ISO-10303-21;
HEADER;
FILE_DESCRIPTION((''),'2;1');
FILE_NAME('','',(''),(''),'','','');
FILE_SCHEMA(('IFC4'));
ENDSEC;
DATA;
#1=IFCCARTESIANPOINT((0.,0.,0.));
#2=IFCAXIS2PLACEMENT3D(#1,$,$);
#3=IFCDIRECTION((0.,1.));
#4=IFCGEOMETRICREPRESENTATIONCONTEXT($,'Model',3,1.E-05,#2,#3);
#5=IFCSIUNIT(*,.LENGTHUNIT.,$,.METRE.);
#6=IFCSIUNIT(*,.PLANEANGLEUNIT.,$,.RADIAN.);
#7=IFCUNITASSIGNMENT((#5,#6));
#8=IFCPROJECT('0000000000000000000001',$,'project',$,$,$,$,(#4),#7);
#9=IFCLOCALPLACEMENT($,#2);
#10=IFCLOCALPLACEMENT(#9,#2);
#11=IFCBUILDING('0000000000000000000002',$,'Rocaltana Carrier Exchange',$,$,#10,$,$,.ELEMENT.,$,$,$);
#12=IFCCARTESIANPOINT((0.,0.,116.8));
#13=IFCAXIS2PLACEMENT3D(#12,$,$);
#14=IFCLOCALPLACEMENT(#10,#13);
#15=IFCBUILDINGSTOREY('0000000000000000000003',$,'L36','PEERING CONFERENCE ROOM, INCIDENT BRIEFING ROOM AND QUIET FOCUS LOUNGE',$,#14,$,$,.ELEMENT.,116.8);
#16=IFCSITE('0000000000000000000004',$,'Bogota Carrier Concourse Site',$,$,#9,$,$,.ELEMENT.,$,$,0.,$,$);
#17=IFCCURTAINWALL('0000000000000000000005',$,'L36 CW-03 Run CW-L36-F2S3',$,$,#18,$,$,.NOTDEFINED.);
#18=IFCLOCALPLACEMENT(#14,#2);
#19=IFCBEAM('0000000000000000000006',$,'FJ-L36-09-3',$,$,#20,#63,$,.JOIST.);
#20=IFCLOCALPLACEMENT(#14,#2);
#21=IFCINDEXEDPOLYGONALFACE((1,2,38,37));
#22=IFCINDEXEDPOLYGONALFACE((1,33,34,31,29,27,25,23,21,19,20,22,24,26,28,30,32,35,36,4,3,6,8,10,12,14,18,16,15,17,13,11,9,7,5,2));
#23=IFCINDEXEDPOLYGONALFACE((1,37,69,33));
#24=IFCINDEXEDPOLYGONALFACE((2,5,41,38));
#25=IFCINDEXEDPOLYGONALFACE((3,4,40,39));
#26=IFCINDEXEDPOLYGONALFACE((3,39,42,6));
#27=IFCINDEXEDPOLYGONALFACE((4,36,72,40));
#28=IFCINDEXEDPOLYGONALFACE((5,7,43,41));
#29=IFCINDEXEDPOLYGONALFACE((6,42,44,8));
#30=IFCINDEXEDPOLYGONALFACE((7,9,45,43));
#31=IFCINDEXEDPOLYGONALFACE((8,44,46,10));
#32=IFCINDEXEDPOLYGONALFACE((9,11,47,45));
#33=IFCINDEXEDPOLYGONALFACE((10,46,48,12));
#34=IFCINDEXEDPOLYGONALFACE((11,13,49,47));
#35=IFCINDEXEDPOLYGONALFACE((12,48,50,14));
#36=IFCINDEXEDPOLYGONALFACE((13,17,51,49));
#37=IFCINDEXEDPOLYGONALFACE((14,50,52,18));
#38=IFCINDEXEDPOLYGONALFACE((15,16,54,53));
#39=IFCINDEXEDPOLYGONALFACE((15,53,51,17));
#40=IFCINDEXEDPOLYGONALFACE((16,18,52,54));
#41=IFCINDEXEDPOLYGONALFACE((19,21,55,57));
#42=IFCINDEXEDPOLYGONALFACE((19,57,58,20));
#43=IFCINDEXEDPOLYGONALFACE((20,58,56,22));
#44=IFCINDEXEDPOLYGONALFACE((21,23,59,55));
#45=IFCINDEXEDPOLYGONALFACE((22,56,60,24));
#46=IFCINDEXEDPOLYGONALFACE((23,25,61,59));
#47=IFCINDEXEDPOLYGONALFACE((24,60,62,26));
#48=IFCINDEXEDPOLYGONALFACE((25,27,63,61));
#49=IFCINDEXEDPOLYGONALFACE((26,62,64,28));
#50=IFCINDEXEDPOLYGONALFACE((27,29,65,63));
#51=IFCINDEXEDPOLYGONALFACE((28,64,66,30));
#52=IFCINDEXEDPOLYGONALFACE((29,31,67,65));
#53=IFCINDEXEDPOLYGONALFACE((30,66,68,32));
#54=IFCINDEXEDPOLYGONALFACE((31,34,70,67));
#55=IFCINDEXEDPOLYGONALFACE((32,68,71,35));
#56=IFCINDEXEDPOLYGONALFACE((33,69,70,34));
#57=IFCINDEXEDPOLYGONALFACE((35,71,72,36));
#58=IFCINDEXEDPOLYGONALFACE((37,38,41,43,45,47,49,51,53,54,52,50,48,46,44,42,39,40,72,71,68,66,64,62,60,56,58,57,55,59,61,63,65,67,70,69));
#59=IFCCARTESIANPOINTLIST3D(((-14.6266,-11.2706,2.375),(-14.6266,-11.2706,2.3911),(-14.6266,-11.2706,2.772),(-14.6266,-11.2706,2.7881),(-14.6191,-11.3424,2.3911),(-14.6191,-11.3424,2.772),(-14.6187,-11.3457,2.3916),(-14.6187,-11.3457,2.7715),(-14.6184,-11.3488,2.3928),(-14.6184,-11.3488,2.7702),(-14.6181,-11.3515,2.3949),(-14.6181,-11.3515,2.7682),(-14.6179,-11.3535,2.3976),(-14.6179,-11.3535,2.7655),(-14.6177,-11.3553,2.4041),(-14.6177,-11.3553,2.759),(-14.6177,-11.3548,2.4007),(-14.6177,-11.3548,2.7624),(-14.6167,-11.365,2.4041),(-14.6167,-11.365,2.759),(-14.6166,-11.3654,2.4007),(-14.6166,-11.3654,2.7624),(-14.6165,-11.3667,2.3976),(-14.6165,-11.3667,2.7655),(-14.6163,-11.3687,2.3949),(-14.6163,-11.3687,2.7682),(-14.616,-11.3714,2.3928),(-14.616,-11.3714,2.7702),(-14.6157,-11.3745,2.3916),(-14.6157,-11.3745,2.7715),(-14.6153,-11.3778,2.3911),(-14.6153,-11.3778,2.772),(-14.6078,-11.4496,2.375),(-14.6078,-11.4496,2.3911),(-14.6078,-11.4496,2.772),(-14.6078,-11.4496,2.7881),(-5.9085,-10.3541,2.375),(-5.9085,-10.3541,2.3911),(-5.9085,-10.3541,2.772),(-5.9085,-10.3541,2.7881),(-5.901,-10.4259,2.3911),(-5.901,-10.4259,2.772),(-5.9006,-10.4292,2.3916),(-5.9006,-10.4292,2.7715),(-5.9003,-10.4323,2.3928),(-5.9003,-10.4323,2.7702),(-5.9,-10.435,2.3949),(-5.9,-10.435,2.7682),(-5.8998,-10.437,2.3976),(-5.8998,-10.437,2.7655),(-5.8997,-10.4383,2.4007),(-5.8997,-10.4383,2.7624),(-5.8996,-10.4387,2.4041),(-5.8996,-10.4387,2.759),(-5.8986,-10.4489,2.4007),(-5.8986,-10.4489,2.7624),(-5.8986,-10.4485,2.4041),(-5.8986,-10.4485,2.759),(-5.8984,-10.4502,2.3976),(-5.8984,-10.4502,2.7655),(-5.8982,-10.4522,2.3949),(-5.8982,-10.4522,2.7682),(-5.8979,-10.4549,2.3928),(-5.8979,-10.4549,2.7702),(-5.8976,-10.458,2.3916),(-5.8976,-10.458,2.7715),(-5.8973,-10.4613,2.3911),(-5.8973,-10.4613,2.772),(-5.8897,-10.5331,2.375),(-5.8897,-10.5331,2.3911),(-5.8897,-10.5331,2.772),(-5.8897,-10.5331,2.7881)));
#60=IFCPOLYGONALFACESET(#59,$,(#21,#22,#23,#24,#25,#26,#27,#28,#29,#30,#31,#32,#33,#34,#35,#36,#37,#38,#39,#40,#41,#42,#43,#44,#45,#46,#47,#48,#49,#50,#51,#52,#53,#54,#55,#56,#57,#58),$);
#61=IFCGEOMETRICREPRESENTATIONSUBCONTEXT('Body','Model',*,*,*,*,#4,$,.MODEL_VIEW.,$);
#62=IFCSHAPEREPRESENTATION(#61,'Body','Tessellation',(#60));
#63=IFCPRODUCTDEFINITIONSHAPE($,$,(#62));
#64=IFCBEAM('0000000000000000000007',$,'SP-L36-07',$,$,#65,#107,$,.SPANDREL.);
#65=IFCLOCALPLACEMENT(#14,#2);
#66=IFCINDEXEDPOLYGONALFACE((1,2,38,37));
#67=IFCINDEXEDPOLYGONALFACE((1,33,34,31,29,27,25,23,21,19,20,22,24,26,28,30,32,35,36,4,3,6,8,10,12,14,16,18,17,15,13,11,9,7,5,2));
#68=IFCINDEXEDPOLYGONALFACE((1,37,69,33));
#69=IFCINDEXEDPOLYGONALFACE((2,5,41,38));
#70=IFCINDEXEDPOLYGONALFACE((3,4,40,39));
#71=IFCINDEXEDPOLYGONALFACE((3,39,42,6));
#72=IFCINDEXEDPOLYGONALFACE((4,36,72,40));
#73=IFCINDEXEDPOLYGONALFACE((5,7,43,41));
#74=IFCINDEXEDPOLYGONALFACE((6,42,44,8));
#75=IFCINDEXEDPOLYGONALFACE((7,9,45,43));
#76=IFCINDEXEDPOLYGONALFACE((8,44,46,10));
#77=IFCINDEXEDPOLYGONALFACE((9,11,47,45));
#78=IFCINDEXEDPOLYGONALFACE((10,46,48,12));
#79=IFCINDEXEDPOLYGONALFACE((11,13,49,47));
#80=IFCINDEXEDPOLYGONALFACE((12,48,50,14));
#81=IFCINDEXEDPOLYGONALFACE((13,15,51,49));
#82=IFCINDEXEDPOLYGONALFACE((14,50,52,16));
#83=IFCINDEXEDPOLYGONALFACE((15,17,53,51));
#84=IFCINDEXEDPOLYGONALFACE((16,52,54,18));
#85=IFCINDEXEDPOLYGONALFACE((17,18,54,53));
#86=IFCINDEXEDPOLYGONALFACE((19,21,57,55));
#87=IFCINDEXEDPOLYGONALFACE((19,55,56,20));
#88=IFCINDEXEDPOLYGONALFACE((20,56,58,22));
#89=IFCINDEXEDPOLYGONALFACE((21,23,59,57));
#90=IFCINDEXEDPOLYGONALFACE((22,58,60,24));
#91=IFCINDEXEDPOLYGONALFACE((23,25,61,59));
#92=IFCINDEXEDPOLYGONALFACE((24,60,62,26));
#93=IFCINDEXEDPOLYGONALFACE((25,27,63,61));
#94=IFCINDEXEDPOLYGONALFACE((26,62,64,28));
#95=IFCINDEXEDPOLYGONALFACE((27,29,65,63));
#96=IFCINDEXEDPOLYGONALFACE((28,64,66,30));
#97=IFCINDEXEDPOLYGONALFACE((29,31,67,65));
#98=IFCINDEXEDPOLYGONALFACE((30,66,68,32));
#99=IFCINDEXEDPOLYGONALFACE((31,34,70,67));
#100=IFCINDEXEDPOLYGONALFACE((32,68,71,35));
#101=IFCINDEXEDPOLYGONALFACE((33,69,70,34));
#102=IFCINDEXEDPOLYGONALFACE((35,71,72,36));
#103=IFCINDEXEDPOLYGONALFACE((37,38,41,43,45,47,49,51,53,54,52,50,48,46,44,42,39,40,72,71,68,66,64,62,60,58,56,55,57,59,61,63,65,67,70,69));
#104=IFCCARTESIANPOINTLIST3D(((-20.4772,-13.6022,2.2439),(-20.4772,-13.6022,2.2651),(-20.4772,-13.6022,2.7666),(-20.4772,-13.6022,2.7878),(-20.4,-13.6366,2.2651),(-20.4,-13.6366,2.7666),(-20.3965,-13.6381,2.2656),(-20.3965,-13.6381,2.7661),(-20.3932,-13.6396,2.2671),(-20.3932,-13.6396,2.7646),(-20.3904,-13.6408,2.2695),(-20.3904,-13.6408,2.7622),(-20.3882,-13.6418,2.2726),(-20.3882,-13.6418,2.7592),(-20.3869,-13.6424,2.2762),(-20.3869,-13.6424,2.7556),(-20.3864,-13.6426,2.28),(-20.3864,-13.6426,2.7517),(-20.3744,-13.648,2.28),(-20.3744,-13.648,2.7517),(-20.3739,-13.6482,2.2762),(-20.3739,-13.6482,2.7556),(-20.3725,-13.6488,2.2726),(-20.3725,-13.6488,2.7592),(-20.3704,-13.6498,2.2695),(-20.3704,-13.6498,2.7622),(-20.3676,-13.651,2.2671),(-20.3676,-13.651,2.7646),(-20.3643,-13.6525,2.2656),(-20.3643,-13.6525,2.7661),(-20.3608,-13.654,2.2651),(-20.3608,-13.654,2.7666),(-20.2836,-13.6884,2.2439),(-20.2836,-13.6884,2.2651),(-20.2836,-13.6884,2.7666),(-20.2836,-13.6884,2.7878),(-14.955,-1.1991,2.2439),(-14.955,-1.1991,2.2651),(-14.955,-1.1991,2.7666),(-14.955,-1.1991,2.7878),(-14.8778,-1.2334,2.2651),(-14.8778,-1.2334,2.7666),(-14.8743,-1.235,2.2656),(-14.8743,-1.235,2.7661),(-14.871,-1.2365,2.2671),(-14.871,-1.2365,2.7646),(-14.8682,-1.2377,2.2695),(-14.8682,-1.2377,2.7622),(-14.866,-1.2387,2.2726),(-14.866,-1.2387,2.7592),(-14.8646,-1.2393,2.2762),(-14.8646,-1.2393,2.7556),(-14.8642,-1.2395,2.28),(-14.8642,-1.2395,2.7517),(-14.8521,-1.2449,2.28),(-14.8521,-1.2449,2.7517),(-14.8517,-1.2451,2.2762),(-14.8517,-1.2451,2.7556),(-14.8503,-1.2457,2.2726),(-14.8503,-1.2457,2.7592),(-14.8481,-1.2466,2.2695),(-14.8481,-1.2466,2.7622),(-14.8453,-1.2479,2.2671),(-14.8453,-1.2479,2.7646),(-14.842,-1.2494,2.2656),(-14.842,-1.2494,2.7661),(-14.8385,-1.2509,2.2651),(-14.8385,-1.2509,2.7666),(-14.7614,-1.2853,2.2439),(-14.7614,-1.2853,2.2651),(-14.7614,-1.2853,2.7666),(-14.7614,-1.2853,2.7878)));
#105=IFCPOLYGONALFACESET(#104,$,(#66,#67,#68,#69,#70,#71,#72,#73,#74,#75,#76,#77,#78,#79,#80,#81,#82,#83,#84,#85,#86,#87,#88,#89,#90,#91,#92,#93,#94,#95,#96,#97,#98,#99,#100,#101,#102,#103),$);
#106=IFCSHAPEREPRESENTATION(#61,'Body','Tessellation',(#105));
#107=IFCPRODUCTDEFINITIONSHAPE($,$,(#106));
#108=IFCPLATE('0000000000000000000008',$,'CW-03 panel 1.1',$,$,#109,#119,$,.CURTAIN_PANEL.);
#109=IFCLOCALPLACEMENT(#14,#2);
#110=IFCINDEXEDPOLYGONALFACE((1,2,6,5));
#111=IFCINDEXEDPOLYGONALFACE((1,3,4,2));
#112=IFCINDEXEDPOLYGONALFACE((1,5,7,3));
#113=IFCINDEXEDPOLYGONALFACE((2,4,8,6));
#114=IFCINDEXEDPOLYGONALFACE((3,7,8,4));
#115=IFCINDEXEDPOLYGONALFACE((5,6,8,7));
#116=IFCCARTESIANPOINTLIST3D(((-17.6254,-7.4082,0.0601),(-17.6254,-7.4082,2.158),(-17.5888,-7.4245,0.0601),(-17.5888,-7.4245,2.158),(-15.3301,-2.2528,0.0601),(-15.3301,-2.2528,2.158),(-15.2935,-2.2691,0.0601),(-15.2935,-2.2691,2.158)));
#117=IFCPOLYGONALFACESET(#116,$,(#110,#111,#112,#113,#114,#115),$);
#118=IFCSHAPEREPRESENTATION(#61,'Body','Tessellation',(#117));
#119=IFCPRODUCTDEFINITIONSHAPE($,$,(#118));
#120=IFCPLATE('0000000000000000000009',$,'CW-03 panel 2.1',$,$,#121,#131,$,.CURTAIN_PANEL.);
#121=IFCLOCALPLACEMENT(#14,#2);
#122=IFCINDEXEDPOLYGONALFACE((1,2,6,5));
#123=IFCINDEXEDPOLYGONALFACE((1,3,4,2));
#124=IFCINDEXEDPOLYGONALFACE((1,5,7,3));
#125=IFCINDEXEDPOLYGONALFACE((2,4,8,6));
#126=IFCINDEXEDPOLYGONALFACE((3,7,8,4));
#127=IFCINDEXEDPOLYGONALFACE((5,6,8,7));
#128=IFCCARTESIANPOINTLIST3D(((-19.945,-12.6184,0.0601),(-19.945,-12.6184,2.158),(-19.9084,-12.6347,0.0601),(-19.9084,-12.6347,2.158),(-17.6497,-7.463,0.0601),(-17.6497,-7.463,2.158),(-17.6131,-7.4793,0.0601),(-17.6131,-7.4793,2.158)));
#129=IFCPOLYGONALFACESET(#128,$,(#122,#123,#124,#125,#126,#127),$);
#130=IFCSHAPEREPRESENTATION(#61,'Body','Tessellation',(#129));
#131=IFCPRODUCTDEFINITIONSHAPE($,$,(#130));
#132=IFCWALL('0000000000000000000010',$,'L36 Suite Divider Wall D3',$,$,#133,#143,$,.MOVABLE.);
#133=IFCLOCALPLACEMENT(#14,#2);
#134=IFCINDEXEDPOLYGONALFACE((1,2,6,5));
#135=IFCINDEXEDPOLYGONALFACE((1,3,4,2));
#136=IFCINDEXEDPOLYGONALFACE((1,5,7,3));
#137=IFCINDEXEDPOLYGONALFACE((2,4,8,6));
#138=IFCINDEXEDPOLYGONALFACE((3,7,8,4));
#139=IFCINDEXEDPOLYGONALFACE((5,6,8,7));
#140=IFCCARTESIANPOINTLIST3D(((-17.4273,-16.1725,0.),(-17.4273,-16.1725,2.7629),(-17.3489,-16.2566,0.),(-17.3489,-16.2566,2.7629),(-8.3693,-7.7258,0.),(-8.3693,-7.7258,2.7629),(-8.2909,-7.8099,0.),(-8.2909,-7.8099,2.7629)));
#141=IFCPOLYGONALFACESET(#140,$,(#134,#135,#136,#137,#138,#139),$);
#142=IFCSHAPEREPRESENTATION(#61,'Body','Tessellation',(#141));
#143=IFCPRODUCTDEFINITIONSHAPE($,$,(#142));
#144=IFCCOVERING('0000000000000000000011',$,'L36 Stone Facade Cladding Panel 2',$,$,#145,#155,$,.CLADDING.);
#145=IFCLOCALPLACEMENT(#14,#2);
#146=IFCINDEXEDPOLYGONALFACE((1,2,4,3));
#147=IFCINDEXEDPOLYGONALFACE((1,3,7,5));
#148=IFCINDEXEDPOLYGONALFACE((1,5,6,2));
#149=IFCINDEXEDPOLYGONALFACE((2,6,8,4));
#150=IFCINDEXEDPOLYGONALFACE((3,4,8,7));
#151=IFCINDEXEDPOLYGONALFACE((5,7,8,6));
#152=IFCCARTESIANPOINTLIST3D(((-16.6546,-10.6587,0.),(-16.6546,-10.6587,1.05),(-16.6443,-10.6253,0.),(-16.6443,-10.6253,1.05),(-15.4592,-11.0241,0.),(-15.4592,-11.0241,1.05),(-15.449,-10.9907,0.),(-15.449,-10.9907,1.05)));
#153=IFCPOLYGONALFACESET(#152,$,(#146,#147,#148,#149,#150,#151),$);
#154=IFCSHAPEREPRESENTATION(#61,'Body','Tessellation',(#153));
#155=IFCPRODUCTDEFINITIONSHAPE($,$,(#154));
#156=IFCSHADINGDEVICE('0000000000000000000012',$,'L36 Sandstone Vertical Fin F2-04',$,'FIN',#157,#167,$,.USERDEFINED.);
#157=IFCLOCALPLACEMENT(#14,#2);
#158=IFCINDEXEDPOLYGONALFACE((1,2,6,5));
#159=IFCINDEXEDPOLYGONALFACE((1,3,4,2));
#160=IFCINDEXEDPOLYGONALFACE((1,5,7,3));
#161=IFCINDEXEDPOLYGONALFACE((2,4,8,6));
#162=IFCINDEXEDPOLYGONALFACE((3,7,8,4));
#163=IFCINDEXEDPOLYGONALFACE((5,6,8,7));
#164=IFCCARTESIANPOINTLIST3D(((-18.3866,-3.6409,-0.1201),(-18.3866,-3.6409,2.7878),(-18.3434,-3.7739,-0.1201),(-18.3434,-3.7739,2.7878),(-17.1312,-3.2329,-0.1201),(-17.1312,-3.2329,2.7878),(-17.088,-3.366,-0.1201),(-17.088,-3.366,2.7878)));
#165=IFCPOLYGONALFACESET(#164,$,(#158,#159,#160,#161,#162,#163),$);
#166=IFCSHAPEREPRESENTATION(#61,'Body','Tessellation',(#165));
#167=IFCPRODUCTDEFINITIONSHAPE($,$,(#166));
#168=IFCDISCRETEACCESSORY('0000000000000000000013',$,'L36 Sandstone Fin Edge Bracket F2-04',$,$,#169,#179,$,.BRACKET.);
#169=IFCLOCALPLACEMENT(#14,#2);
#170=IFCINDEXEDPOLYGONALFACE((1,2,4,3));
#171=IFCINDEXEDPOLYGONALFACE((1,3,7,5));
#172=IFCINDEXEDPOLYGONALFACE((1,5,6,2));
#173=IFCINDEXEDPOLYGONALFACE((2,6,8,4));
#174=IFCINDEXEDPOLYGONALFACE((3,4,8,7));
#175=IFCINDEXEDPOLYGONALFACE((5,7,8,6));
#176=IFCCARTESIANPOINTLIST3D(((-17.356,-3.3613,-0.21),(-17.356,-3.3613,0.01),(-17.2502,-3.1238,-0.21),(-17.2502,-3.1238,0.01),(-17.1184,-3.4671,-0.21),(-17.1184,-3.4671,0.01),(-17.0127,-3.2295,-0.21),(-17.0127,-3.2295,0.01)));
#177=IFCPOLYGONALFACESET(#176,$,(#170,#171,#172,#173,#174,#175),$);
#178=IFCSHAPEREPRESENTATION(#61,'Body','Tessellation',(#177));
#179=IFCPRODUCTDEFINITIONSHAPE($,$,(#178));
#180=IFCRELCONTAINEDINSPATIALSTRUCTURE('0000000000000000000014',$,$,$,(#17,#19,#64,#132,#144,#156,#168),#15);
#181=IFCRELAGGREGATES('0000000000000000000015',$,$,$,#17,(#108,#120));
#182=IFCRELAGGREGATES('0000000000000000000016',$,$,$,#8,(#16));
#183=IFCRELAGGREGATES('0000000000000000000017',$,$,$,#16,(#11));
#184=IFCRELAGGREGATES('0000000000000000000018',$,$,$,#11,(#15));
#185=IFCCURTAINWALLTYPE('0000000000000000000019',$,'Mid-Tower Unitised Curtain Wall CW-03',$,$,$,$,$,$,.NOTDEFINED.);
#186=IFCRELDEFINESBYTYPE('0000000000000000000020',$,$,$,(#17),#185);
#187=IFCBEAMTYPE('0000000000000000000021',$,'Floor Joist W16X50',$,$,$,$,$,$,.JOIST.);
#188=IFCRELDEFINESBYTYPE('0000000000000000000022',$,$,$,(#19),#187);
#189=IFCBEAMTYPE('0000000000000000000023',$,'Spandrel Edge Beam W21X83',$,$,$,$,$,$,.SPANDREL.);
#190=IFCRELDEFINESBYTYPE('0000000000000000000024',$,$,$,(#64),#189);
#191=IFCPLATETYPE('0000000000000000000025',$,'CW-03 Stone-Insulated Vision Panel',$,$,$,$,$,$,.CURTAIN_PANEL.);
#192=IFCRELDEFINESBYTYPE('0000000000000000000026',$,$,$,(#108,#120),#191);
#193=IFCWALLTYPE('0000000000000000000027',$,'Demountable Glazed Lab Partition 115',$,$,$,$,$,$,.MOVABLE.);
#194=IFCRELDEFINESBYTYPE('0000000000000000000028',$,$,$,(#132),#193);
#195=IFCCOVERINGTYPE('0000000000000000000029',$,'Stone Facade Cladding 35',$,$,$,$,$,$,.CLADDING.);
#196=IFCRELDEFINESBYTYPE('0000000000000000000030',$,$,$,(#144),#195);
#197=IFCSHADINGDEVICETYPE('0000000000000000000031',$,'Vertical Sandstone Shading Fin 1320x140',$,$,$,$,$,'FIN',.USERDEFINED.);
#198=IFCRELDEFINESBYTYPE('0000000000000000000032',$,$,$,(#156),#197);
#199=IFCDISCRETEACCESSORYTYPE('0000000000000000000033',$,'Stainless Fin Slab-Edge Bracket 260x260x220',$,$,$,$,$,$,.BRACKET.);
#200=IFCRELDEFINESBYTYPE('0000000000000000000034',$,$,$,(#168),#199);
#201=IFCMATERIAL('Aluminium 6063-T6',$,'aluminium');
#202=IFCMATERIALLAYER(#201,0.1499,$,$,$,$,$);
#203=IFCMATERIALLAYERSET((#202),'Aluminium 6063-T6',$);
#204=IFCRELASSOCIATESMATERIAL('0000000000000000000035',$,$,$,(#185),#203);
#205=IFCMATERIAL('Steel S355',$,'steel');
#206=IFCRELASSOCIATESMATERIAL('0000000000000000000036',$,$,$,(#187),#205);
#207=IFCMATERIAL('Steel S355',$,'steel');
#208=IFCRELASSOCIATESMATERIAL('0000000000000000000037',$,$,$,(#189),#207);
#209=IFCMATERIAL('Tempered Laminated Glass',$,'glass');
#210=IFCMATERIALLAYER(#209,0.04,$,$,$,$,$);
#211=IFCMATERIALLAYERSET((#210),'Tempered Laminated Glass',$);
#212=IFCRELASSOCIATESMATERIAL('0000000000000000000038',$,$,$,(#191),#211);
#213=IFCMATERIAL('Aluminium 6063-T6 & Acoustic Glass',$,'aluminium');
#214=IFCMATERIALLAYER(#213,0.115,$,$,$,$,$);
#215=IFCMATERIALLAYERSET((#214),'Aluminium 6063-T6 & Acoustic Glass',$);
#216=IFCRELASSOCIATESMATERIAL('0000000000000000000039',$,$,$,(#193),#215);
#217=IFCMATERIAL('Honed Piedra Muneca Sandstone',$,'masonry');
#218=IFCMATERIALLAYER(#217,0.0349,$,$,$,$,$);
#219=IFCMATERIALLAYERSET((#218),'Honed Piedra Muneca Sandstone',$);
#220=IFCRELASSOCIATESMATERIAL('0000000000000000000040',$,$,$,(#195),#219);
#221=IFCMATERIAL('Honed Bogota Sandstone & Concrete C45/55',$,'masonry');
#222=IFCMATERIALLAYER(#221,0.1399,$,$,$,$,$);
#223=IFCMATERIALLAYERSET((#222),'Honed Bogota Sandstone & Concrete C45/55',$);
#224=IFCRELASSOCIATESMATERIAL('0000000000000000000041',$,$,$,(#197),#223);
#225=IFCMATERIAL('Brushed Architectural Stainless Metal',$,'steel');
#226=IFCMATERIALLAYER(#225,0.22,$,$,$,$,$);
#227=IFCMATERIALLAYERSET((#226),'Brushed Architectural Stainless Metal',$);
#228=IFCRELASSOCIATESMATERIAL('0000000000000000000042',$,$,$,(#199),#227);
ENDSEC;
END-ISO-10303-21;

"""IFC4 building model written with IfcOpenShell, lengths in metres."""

from ifc_helpers import new_model, si_unit, direction, frame, frame_2d, origin, origin_2d, place, context, subcontext, project, spatial, rectangle, i_section, extrude, material, layer, layer_set, material_profile, profile_set, type_object, element, aggregate, save


model = new_model("IFC4")

# Units and contexts
model_context = context("Model", 3, precision=1e-05, world=origin(), true_north=direction((0.0, 1.0)))
body_context = subcontext(model_context, "Body", "Model", "MODEL_VIEW")
ifc_project = project(units=[si_unit("LENGTHUNIT", "METRE"), si_unit("PLANEANGLEUNIT", "RADIAN")], contexts=[model_context])

# Site, building, storey
site_placement = place(None, origin())
site = spatial("IfcSite", under=ifc_project, at=site_placement, Name="Bogota Carrier Concourse Site", CompositionType="ELEMENT", RefElevation=0.0)
building_placement = place(site_placement, origin())
building = spatial("IfcBuilding", under=site, at=building_placement, Name="Rocaltana Carrier Exchange", CompositionType="ELEMENT")
storey_placement = place(building_placement, frame((0.0, 0.0, 116.8)))
storey = spatial("IfcBuildingStorey", under=building, at=storey_placement, Name="L36", Description="PEERING CONFERENCE ROOM, INCIDENT BRIEFING ROOM AND QUIET FOCUS LOUNGE", CompositionType="ELEMENT", Elevation=116.8)

# Curtain wall
ifc_material_1 = material(Name="Aluminium 6063-T6", Category="aluminium")
ifc_layer_1 = layer(ifc_material_1, 0.1499)
ifc_layer_set_1 = layer_set([ifc_layer_1], Name="Aluminium 6063-T6")
curtain_wall_type = type_object("IfcCurtainWallType", Name="Mid-Tower Unitised Curtain Wall CW-03", PredefinedType="NOTDEFINED", material=ifc_layer_set_1)
curtain_wall_placement = place(storey_placement, origin())
curtain_wall = element("IfcCurtainWall", 1, at=curtain_wall_placement, inside=storey, type_object=curtain_wall_type, Name="L36 CW-03 Run CW-L36-F2S3", PredefinedType="NOTDEFINED")

# Beams
ifc_material_2 = material(Name="Steel S355", Category="steel")
ifc_material_profile_1 = material_profile(ifc_material_2, i_section(OverallWidth=0.1799, OverallDepth=0.4131, WebThickness=0.0098, FlangeThickness=0.0161, FilletRadius=0.0129, at=origin_2d()), Name="W16X50")
ifc_profile_set_1 = profile_set([ifc_material_profile_1], Name="Steel S355")
beam_type_1 = type_object("IfcBeamType", Name="Floor Joist W16X50", PredefinedType="JOIST", material=ifc_profile_set_1)
beam_1_placement = place(storey_placement, frame((-14.6172, -11.3601, 2.5815), z_axis=(0.994519, 0.104551, 0.0), x_axis=(-0.104551, 0.994519, 0.0)))
element("IfcBeam", 2, at=beam_1_placement, inside=storey, type_object=beam_type_1, Name="FJ-L36-09-3", PredefinedType="JOIST", context=body_context, shape_type="SweptSolid", body=[
    extrude(i_section(OverallWidth=0.1799, OverallDepth=0.4131, WebThickness=0.0098, FlangeThickness=0.0161, FilletRadius=0.0129, at=origin_2d()), origin(), (0.0, 0.0, 1.0), 8.7661),
])
ifc_material_3 = material(Name="Steel S355", Category="steel")
ifc_material_profile_2 = material_profile(ifc_material_3, i_section(OverallWidth=0.2119, OverallDepth=0.5439, WebThickness=0.0132, FlangeThickness=0.0212, FilletRadius=0.0149, at=origin_2d()), Name="W21X83")
ifc_profile_set_2 = profile_set([ifc_material_profile_2], Name="Steel S355")
beam_type_2 = type_object("IfcBeamType", Name="Spandrel Edge Beam W21X83", PredefinedType="SPANDREL", material=ifc_profile_set_2)
beam_2_placement = place(storey_placement, frame((-14.8582, -1.2422, 2.5159), z_axis=(-0.406737, -0.913545, 0.0), x_axis=(0.913545, -0.406737, 0.0)))
element("IfcBeam", 3, at=beam_2_placement, inside=storey, type_object=beam_type_2, Name="SP-L36-07", PredefinedType="SPANDREL", context=body_context, shape_type="SweptSolid", body=[
    extrude(i_section(OverallWidth=0.2119, OverallDepth=0.5439, WebThickness=0.0132, FlangeThickness=0.0212, FilletRadius=0.0149, at=origin_2d()), origin(), (0.0, 0.0, 1.0), 13.5769),
])

# Plates
ifc_material_4 = material(Name="Tempered Laminated Glass", Category="glass")
ifc_layer_2 = layer(ifc_material_4, 0.04)
ifc_layer_set_2 = layer_set([ifc_layer_2], Name="Tempered Laminated Glass")
plate_type = type_object("IfcPlateType", Name="CW-03 Stone-Insulated Vision Panel", PredefinedType="CURTAIN_PANEL", material=ifc_layer_set_2)
plate_1_placement = place(storey_placement, frame((-16.4595, -4.8386, 0.0601), z_axis=(0.0, 0.0, 1.0), x_axis=(-0.406733, -0.913547, 0.0)))
plate_1 = element("IfcPlate", 4, at=plate_1_placement, type_object=plate_type, Name="CW-03 panel 1.1", PredefinedType="CURTAIN_PANEL", context=body_context, shape_type="SweptSolid", body=[
    extrude(rectangle(XDim=5.6433, YDim=0.04, at=origin_2d()), origin(), (0.0, 0.0, 1.0), 2.0979),
])
plate_2_placement = place(storey_placement, frame((-18.7791, -10.0488, 0.0601), z_axis=(0.0, 0.0, 1.0), x_axis=(-0.406733, -0.913547, 0.0)))
plate_2 = element("IfcPlate", 5, at=plate_2_placement, type_object=plate_type, Name="CW-03 panel 2.1", PredefinedType="CURTAIN_PANEL", context=body_context, shape_type="SweptSolid", body=[
    extrude(rectangle(XDim=5.6433, YDim=0.04, at=origin_2d()), origin(), (0.0, 0.0, 1.0), 2.0979),
])
aggregate(curtain_wall, [plate_1, plate_2])

# Wall
ifc_material_5 = material(Name="Aluminium 6063-T6 & Acoustic Glass", Category="aluminium")
ifc_layer_3 = layer(ifc_material_5, 0.115)
ifc_layer_set_3 = layer_set([ifc_layer_3], Name="Aluminium 6063-T6 & Acoustic Glass")
wall_type = type_object("IfcWallType", Name="Demountable Glazed Lab Partition 115", PredefinedType="MOVABLE", material=ifc_layer_set_3)
wall_placement = place(storey_placement, frame((-8.3301, -7.7678, 0.0), z_axis=(0.0, 0.0, 1.0), x_axis=(-0.731355, -0.681997, 0.0)))
element("IfcWall", 6, at=wall_placement, inside=storey, type_object=wall_type, Name="L36 Suite Divider Wall D3", PredefinedType="MOVABLE", context=body_context, shape_type="SweptSolid", body=[
    extrude(rectangle(XDim=12.3853, YDim=0.115, at=frame_2d((6.1926, 0.0))), origin(), (0.0, 0.0, 1.0), 2.7629),
])

# Covering
ifc_material_6 = material(Name="Honed Piedra Muneca Sandstone", Category="masonry")
ifc_layer_4 = layer(ifc_material_6, 0.0349)
ifc_layer_set_4 = layer_set([ifc_layer_4], Name="Honed Piedra Muneca Sandstone")
covering_type = type_object("IfcCoveringType", Name="Stone Facade Cladding 35", PredefinedType="CLADDING", material=ifc_layer_set_4)
covering_placement = place(storey_placement, frame((-16.0518, -10.8247, 0.0), z_axis=(0.0, 0.0, 1.0), x_axis=(-0.956305, 0.292372, 0.0)))
element("IfcCovering", 7, at=covering_placement, inside=storey, type_object=covering_type, Name="L36 Stone Facade Cladding Panel 2", PredefinedType="CLADDING", context=body_context, shape_type="SweptSolid", body=[
    extrude(rectangle(XDim=1.25, YDim=0.0349, at=origin_2d()), origin(), (0.0, 0.0, 1.0), 1.05),
])

# Shading device
ifc_material_7 = material(Name="Honed Bogota Sandstone & Concrete C45/55", Category="masonry")
ifc_layer_5 = layer(ifc_material_7, 0.1399)
ifc_layer_set_5 = layer_set([ifc_layer_5], Name="Honed Bogota Sandstone & Concrete C45/55")
shading_device_type = type_object("IfcShadingDeviceType", Name="Vertical Sandstone Shading Fin 1320x140", ElementType="FIN", PredefinedType="USERDEFINED", material=ifc_layer_set_5)
shading_device_placement = place(storey_placement, frame((-17.7373, -3.5034, -0.1201), z_axis=(0.0, 0.0, 1.0), x_axis=(-0.951057, -0.309017, 0.0)))
element("IfcShadingDevice", 8, at=shading_device_placement, inside=storey, type_object=shading_device_type, Name="L36 Sandstone Vertical Fin F2-04", ObjectType="FIN", PredefinedType="USERDEFINED", context=body_context, shape_type="SweptSolid", body=[
    extrude(rectangle(XDim=1.3201, YDim=0.1399, at=origin_2d()), origin(), (0.0, 0.0, 1.0), 2.908),
])

# Discrete accessory
ifc_material_8 = material(Name="Brushed Architectural Stainless Metal", Category="steel")
ifc_layer_6 = layer(ifc_material_8, 0.22)
ifc_layer_set_6 = layer_set([ifc_layer_6], Name="Brushed Architectural Stainless Metal")
discrete_accessory_type = type_object("IfcDiscreteAccessoryType", Name="Stainless Fin Slab-Edge Bracket 260x260x220", PredefinedType="BRACKET", material=ifc_layer_set_6)
for number, where, z_axis, x_axis, name in (
    (9, (-17.1843, -3.2954, -0.21), (0.0, 0.0, 1.0), (-0.406737, -0.913545, 0.0), "L36 Sandstone Fin Edge Bracket F2-04"),
):
    element("IfcDiscreteAccessory", number, at=place(storey_placement, frame(where, z_axis=z_axis, x_axis=x_axis)), inside=storey, type_object=discrete_accessory_type, Name=name, PredefinedType="BRACKET", context=body_context, shape_type="SweptSolid", body=[
        extrude(rectangle(XDim=0.26, YDim=0.26, at=origin_2d()), origin(), (0.0, 0.0, 1.0), 0.22),
    ])

save(model, "model.ifc")
